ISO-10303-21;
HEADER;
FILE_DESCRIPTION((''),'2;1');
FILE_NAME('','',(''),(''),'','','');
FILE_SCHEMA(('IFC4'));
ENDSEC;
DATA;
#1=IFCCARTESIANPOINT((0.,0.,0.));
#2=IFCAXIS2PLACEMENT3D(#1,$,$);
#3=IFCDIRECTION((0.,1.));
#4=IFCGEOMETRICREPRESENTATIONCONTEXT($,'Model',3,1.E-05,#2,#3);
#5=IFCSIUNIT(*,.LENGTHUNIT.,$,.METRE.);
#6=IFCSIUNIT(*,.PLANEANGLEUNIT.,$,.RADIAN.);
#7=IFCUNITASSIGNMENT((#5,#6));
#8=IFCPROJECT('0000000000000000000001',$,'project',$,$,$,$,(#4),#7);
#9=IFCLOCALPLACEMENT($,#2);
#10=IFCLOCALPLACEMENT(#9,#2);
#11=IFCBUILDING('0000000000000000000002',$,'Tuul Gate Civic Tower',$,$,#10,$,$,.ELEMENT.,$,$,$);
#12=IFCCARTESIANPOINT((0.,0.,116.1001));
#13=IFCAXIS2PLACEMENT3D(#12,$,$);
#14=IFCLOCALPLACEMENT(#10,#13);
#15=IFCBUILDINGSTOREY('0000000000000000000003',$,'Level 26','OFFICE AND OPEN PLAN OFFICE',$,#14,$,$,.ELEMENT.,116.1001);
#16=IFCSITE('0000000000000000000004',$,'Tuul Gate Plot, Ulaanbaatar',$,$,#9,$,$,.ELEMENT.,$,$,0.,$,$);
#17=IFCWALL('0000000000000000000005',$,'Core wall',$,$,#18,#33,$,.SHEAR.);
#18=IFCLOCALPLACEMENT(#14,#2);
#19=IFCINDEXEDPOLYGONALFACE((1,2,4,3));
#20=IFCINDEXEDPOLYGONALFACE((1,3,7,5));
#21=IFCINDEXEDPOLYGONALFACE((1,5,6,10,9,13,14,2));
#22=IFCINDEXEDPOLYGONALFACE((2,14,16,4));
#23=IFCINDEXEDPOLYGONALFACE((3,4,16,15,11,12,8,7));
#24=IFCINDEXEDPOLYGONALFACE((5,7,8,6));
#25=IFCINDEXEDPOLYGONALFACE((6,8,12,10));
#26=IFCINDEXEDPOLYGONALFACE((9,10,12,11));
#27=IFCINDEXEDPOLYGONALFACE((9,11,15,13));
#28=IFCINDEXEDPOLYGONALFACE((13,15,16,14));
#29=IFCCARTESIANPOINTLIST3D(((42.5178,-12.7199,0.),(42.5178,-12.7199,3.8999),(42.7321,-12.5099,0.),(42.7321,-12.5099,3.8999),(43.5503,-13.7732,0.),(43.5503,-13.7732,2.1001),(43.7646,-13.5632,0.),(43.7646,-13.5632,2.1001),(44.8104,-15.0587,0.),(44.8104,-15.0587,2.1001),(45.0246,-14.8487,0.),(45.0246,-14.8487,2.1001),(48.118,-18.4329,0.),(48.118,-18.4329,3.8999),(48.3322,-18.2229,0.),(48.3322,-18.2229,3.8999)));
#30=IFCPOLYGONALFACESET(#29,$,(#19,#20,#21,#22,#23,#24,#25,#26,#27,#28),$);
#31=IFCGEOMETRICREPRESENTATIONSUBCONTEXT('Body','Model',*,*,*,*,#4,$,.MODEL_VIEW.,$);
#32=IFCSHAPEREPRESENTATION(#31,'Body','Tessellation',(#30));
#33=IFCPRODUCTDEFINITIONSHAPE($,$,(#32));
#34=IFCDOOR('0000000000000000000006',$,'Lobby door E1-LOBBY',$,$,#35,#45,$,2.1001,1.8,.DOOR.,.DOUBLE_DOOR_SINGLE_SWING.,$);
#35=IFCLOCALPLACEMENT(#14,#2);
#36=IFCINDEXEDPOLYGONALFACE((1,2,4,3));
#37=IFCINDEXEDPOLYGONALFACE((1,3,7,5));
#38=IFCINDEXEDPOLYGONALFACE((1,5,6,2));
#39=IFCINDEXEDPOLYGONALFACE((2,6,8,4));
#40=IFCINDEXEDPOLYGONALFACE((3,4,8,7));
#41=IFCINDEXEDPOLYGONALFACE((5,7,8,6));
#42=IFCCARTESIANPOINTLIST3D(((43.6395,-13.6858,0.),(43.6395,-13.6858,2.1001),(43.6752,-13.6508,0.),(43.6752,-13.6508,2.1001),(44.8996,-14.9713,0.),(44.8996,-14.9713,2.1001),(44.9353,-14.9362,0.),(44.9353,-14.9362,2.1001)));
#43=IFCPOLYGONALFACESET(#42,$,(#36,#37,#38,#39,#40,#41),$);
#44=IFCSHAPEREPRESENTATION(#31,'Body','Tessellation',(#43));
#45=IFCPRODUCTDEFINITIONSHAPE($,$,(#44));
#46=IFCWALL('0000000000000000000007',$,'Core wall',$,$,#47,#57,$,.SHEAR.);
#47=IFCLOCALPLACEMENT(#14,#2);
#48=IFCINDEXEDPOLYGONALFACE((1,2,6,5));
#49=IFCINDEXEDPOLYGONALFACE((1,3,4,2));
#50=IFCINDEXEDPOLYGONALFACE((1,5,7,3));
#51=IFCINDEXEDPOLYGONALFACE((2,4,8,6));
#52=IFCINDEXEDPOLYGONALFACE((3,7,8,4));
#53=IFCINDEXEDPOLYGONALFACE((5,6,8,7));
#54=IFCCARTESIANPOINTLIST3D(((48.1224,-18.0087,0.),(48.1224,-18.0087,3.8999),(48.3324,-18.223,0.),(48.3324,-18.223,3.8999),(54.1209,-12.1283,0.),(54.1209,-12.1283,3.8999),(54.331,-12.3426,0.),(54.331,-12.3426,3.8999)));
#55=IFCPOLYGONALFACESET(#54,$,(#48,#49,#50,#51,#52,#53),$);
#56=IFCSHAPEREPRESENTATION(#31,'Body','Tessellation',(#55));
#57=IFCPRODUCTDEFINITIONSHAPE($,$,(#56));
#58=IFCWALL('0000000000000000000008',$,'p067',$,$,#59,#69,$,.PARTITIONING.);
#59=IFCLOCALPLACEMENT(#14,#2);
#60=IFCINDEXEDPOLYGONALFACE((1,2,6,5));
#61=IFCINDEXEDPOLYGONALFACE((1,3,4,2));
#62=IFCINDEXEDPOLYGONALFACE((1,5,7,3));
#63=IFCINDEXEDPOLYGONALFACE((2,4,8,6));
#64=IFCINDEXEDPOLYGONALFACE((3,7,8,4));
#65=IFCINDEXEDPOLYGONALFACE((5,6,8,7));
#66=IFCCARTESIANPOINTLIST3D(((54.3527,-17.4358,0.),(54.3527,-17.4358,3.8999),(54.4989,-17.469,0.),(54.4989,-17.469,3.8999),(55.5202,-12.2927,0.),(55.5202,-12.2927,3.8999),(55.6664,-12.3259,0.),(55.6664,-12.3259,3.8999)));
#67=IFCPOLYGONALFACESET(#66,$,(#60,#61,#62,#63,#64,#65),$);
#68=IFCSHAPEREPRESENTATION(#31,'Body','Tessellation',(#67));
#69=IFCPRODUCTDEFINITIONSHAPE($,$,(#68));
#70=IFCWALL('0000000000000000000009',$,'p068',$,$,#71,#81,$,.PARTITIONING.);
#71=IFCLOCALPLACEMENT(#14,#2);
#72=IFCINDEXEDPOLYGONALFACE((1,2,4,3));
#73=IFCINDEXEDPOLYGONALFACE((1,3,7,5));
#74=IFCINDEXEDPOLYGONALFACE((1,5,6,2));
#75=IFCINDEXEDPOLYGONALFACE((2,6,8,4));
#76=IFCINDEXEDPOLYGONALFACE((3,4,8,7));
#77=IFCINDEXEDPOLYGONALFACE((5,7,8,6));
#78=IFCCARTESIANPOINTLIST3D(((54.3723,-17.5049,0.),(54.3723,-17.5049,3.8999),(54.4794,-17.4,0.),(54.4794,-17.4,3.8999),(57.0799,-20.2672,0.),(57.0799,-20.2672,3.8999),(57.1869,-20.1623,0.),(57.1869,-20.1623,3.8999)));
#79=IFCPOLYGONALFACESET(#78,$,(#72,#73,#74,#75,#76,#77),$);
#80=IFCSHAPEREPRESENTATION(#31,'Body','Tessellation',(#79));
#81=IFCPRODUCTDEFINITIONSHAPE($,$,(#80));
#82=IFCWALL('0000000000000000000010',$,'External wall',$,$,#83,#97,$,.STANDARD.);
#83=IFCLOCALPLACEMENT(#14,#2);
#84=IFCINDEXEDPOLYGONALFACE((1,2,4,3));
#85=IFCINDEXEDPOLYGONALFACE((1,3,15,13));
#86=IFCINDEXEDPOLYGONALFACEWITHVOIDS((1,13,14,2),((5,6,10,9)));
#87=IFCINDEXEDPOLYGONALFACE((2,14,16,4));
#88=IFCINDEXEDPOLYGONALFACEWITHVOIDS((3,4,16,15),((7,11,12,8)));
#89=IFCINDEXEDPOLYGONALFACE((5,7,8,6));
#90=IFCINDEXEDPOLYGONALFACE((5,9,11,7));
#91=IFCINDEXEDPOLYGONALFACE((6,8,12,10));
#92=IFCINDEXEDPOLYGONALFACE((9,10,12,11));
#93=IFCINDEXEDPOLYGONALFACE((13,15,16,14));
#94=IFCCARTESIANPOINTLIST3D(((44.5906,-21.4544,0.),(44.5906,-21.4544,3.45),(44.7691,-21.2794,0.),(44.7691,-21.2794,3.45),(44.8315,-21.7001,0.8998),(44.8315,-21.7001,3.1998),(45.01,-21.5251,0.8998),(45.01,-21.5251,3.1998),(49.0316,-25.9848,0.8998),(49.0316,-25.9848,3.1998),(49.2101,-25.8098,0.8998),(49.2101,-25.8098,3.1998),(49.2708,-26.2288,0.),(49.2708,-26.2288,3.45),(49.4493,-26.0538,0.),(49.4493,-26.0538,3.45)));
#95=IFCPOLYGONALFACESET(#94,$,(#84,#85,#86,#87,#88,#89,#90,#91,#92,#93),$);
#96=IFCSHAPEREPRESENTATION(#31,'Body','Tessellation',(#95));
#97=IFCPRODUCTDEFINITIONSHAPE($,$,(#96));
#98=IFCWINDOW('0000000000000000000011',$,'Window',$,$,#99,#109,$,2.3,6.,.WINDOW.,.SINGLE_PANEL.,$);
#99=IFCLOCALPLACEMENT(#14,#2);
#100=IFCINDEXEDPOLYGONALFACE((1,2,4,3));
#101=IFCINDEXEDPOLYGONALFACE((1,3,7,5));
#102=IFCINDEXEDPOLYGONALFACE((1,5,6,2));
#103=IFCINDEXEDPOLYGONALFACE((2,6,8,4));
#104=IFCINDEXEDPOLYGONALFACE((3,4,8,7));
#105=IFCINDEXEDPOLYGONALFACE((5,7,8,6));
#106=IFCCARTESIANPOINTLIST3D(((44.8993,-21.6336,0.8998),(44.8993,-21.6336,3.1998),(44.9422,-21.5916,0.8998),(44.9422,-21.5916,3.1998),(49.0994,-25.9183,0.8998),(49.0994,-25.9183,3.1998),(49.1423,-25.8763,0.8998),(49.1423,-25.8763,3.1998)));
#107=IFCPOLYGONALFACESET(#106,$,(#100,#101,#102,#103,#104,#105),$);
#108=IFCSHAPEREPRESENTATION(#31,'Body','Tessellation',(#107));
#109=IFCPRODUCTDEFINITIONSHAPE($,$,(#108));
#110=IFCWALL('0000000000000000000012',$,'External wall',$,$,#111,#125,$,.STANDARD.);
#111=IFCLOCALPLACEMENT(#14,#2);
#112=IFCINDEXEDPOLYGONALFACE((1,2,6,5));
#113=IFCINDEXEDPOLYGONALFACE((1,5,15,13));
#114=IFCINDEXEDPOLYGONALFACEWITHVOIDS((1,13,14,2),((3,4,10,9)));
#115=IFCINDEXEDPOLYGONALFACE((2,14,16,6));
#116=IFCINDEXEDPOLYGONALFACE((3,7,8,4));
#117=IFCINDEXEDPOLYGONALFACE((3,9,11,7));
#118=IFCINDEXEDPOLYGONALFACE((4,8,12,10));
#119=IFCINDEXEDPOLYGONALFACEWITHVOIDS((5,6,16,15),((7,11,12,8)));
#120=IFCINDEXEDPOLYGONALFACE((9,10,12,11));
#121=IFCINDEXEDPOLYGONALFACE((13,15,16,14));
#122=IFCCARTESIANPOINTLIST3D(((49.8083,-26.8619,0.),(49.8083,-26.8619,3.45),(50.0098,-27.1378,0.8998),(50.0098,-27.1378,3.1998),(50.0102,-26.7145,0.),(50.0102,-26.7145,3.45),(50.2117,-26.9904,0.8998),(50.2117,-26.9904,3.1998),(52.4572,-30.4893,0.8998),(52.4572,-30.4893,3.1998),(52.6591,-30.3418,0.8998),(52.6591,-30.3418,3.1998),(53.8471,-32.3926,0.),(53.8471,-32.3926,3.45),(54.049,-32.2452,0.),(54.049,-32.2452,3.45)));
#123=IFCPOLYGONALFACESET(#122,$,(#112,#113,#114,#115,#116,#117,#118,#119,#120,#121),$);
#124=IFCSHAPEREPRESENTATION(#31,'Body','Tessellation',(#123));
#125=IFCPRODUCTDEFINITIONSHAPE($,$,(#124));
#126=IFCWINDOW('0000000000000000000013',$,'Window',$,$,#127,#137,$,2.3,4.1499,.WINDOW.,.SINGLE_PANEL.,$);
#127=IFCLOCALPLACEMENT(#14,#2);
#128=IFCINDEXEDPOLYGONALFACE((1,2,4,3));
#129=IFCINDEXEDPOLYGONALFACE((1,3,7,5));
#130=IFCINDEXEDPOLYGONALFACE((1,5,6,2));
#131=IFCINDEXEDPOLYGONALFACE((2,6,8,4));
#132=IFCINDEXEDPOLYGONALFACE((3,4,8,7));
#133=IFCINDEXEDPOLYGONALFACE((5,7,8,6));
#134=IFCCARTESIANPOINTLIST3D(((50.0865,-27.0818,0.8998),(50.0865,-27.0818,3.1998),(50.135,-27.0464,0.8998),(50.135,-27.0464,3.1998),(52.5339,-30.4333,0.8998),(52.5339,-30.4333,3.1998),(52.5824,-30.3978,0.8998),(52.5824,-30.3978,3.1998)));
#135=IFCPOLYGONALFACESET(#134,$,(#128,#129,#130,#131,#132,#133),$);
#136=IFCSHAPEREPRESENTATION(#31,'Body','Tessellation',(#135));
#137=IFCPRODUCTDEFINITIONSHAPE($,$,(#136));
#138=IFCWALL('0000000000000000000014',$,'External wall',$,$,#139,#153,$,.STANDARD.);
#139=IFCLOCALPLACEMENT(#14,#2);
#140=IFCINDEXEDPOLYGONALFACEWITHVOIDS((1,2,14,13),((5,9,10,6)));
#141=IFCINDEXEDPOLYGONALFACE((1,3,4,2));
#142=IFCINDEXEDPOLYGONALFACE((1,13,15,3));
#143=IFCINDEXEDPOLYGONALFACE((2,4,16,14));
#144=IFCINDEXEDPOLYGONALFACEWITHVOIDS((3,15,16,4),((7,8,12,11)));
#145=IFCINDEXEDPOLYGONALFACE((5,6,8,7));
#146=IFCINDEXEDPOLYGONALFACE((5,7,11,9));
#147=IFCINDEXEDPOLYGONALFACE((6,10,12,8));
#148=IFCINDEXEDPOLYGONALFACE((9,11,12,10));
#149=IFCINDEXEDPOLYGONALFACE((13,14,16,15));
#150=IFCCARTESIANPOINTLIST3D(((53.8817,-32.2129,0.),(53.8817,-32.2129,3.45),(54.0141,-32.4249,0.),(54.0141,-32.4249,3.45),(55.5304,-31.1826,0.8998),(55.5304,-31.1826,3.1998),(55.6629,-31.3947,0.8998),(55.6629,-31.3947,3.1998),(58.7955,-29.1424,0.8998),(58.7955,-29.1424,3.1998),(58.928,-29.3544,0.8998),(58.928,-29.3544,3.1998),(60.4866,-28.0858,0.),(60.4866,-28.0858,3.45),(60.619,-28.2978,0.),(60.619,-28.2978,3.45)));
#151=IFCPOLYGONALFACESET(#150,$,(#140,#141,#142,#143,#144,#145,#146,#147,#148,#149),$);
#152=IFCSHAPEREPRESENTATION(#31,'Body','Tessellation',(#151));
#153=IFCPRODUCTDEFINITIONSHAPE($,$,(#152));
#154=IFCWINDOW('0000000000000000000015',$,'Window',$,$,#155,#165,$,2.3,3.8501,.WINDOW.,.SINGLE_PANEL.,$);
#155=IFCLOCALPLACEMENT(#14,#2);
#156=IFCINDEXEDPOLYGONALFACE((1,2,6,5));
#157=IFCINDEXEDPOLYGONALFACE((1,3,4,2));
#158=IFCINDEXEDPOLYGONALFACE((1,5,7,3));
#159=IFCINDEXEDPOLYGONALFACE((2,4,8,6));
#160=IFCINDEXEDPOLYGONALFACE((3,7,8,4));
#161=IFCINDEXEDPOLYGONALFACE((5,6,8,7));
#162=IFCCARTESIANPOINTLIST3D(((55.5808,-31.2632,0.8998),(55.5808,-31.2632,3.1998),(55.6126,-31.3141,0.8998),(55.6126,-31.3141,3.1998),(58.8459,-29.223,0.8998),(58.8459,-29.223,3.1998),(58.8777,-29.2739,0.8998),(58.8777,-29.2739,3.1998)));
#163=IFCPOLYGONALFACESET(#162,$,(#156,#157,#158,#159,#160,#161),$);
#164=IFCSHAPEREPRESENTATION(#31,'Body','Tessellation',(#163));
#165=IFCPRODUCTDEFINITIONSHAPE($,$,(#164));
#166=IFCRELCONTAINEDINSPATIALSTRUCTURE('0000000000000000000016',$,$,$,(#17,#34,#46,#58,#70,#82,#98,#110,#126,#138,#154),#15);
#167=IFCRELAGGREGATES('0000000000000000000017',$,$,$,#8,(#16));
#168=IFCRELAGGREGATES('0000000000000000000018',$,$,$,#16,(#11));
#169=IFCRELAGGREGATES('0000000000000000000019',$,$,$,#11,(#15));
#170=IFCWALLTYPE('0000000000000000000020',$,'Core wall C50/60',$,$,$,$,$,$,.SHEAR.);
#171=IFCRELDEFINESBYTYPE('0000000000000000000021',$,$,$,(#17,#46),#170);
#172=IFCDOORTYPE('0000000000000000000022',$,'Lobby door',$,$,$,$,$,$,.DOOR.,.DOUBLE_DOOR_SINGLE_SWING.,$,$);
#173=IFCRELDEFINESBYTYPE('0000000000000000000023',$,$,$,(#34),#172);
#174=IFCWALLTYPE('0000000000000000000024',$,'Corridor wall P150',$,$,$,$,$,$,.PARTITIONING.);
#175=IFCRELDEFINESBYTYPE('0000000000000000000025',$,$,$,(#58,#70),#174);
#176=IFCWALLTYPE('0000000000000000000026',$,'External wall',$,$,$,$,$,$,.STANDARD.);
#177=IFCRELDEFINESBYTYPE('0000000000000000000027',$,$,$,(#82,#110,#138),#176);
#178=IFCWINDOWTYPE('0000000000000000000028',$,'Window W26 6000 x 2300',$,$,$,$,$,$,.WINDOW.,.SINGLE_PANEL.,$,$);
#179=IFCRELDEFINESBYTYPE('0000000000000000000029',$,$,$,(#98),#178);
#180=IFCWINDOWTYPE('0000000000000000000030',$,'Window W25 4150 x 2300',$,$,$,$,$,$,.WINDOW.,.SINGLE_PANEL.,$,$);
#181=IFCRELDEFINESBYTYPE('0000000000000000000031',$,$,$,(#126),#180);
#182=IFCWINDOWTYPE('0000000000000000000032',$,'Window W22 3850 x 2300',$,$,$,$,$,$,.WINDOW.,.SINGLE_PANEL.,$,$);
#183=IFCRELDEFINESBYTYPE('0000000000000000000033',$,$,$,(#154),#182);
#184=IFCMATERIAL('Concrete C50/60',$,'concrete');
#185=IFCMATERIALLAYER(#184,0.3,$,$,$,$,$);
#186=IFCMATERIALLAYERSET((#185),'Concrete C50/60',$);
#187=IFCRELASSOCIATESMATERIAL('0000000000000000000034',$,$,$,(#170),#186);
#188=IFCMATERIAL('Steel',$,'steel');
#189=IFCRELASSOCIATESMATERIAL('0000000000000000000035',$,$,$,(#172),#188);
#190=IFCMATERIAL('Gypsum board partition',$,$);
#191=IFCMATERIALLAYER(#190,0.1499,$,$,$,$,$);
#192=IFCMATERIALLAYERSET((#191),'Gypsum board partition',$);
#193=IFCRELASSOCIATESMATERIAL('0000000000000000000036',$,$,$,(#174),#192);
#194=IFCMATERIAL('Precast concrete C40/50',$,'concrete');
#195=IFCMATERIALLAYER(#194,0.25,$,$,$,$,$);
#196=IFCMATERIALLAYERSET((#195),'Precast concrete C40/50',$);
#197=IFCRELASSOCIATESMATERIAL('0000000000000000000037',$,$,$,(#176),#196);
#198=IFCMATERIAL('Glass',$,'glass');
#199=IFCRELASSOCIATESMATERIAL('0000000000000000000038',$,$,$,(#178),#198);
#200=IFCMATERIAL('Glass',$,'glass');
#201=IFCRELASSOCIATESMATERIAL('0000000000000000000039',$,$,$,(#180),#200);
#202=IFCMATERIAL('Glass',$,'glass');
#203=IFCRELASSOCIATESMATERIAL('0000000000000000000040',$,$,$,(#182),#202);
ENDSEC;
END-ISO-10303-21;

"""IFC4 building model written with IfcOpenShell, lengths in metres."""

from ifc_helpers import new_model, si_unit, direction, frame, frame_2d, origin, place, context, subcontext, project, spatial, rectangle, extrude, material, layer, layer_set, type_object, element, fill, save


model = new_model("IFC4")

# Units and contexts
model_context = context("Model", 3, precision=1e-05, world=origin(), true_north=direction((0.0, 1.0)))
body_context = subcontext(model_context, "Body", "Model", "MODEL_VIEW")
ifc_project = project(units=[si_unit("LENGTHUNIT", "METRE"), si_unit("PLANEANGLEUNIT", "RADIAN")], contexts=[model_context])

# Site, building, storey
site_placement = place(None, origin())
site = spatial("IfcSite", under=ifc_project, at=site_placement, Name="Tuul Gate Plot, Ulaanbaatar", CompositionType="ELEMENT", RefElevation=0.0)
building_placement = place(site_placement, origin())
building = spatial("IfcBuilding", under=site, at=building_placement, Name="Tuul Gate Civic Tower", CompositionType="ELEMENT")
storey_placement = place(building_placement, frame((0.0, 0.0, 116.1001)))
storey = spatial("IfcBuildingStorey", under=building, at=storey_placement, Name="Level 26", Description="OFFICE AND OPEN PLAN OFFICE", CompositionType="ELEMENT", Elevation=116.1001)

# Wall, opening, door
ifc_material_1 = material(Name="Concrete C50/60", Category="concrete")
ifc_layer_1 = layer(ifc_material_1, 0.3)
ifc_layer_set_1 = layer_set([ifc_layer_1], Name="Concrete C50/60")
wall_type_1 = type_object("IfcWallType", Name="Core wall C50/60", PredefinedType="SHEAR", material=ifc_layer_set_1)
wall_1_placement = place(storey_placement, frame((48.2251, -18.3279, 0.0), z_axis=(0.0, 0.0, 1.0), x_axis=(-0.700022, 0.714121, 0.0)))
wall_1 = element("IfcWall", 1, at=wall_1_placement, inside=storey, type_object=wall_type_1, Name="Core wall", PredefinedType="SHEAR", context=body_context, shape_type="SweptSolid", body=[
    extrude(rectangle(XDim=8.0, YDim=0.3, at=frame_2d((4.0, 0.0))), origin(), (0.0, 0.0, 1.0), 3.8999),
])
opening_1_placement = place(wall_1_placement, frame((4.7251, 0.0, 0.0)))
opening_1 = element("IfcOpeningElement", 2, at=opening_1_placement, cuts=wall_1, PredefinedType="OPENING", context=body_context, shape_type="SweptSolid", body=[
    extrude(rectangle(XDim=1.8, YDim=2.1001, at=frame_2d((0.8999, 1.05))), frame((0.0, 0.1602, 0.0), z_axis=(0.0, -1.0, 0.0), x_axis=(1.0, 0.0, 0.0)), (0.0, 0.0, 1.0), 0.3201),
])
ifc_material_2 = material(Name="Steel", Category="steel")
door_type = type_object("IfcDoorType", Name="Lobby door", OperationType="DOUBLE_DOOR_SINGLE_SWING", PredefinedType="DOOR", material=ifc_material_2)
door_placement = place(opening_1_placement, frame((1.8, 0.0, 0.0), z_axis=(0.0, 0.0, 1.0), x_axis=(-1.0, 0.0, 0.0)))
door = element("IfcDoor", 3, at=door_placement, inside=storey, type_object=door_type, Name="Lobby door E1-LOBBY", OperationType="DOUBLE_DOOR_SINGLE_SWING", OverallHeight=2.1001, OverallWidth=1.8, PredefinedType="DOOR", context=body_context, shape_type="SweptSolid", body=[
    extrude(rectangle(XDim=1.8, YDim=2.1001, at=frame_2d((0.9001, 1.05))), frame((0.0, 0.0249, 0.0), z_axis=(0.0, -1.0, 0.0), x_axis=(1.0, 0.0, 0.0)), (0.0, 0.0, 1.0), 0.05),
])
fill(opening_1, door)

# Walls
wall_2_placement = place(storey_placement, frame((48.2273, -18.116, 0.0), z_axis=(0.0, 0.0, 1.0), x_axis=(0.714105, 0.700038, 0.0)))
element("IfcWall", 4, at=wall_2_placement, inside=storey, type_object=wall_type_1, Name="Core wall", PredefinedType="SHEAR", context=body_context, shape_type="SweptSolid", body=[
    extrude(rectangle(XDim=8.4001, YDim=0.3, at=frame_2d((4.2002, 0.0))), origin(), (0.0, 0.0, 1.0), 3.8999),
])
ifc_material_3 = material(Name="Gypsum board partition")
ifc_layer_2 = layer(ifc_material_3, 0.1499)
ifc_layer_set_2 = layer_set([ifc_layer_2], Name="Gypsum board partition")
wall_type_2 = type_object("IfcWallType", Name="Corridor wall P150", PredefinedType="PARTITIONING", material=ifc_layer_set_2)
wall_3_placement = place(storey_placement, frame((54.4258, -17.4524, 0.0), z_axis=(0.0, 0.0, 1.0), x_axis=(0.221369, 0.97519, 0.0)))
element("IfcWall", 5, at=wall_3_placement, inside=storey, type_object=wall_type_2, Name="p067", PredefinedType="PARTITIONING", context=body_context, shape_type="SweptSolid", body=[
    extrude(rectangle(XDim=5.2739, YDim=0.1499, at=frame_2d((2.637, 0.0))), origin(), (0.0, 0.0, 1.0), 3.8999),
])
wall_4_placement = place(storey_placement, frame((54.4258, -17.4524, 0.0), z_axis=(0.0, 0.0, 1.0), x_axis=(0.700002, -0.714141, 0.0)))
element("IfcWall", 6, at=wall_4_placement, inside=storey, type_object=wall_type_2, Name="p068", PredefinedType="PARTITIONING", context=body_context, shape_type="SweptSolid", body=[
    extrude(rectangle(XDim=3.8679, YDim=0.1499, at=frame_2d((1.9341, 0.0))), origin(), (0.0, 0.0, 1.0), 3.8999),
])

# Walls, openings, windows
ifc_material_4 = material(Name="Precast concrete C40/50", Category="concrete")
ifc_layer_3 = layer(ifc_material_4, 0.25)
ifc_layer_set_3 = layer_set([ifc_layer_3], Name="Precast concrete C40/50")
wall_type_3 = type_object("IfcWallType", Name="External wall", PredefinedType="STANDARD", material=ifc_layer_set_3)
wall_5_placement = place(storey_placement, frame((44.6799, -21.3669, 0.0), z_axis=(0.0, 0.0, 1.0), x_axis=(0.700024, -0.714119, 0.0)))
wall_5 = element("IfcWall", 7, at=wall_5_placement, inside=storey, type_object=wall_type_3, Name="External wall", PredefinedType="STANDARD", context=body_context, shape_type="SweptSolid", body=[
    extrude(rectangle(XDim=6.6858, YDim=0.25, at=frame_2d((3.3428, 0.0))), origin(), (0.0, 0.0, 1.0), 3.45),
])
opening_2_placement = place(wall_5_placement, frame((0.344, 0.0, 0.8999)))
opening_2 = element("IfcOpeningElement", 8, at=opening_2_placement, cuts=wall_5, PredefinedType="OPENING", context=body_context, shape_type="SweptSolid", body=[
    extrude(rectangle(XDim=6.0, YDim=2.3, at=frame_2d((3.0, 1.1499))), frame((0.0, 0.135, 0.0), z_axis=(0.0, -1.0, 0.0), x_axis=(1.0, 0.0, 0.0)), (0.0, 0.0, 1.0), 0.27),
])
ifc_material_5 = material(Name="Glass", Category="glass")
window_type_1 = type_object("IfcWindowType", Name="Window W26 6000 x 2300", PartitioningType="SINGLE_PANEL", PredefinedType="WINDOW", material=ifc_material_5)
window_1_placement = place(opening_2_placement, origin())
window_1 = element("IfcWindow", 9, at=window_1_placement, inside=storey, type_object=window_type_1, Name="Window", OverallHeight=2.3, OverallWidth=6.0, PartitioningType="SINGLE_PANEL", PredefinedType="WINDOW", context=body_context, shape_type="SweptSolid", body=[
    extrude(rectangle(XDim=6.0, YDim=2.3, at=frame_2d((3.0, 1.1499))), frame((0.0, 0.03, 0.0), z_axis=(0.0, -1.0, 0.0), x_axis=(1.0, 0.0, 0.0)), (0.0, 0.0, 1.0), 0.0601),
])
fill(opening_2, window_1)
wall_6_placement = place(storey_placement, frame((49.9092, -26.7881, 0.0), z_axis=(0.0, 0.0, 1.0), x_axis=(0.589741, -0.807592, 0.0)))
wall_6 = element("IfcWall", 10, at=wall_6_placement, inside=storey, type_object=wall_type_3, Name="External wall", PredefinedType="STANDARD", context=body_context, shape_type="SweptSolid", body=[
    extrude(rectangle(XDim=6.8484, YDim=0.25, at=frame_2d((3.4243, 0.0))), origin(), (0.0, 0.0, 1.0), 3.45),
])
opening_3_placement = place(wall_6_placement, frame((0.3418, 0.0, 0.8999)))
opening_3 = element("IfcOpeningElement", 11, at=opening_3_placement, cuts=wall_6, PredefinedType="OPENING", context=body_context, shape_type="SweptSolid", body=[
    extrude(rectangle(XDim=4.1499, YDim=2.3, at=frame_2d((2.075, 1.1499))), frame((0.0, 0.135, 0.0), z_axis=(0.0, -1.0, 0.0), x_axis=(1.0, 0.0, 0.0)), (0.0, 0.0, 1.0), 0.27),
])
ifc_material_6 = material(Name="Glass", Category="glass")
window_type_2 = type_object("IfcWindowType", Name="Window W25 4150 x 2300", PartitioningType="SINGLE_PANEL", PredefinedType="WINDOW", material=ifc_material_6)
window_2_placement = place(opening_3_placement, origin())
window_2 = element("IfcWindow", 12, at=window_2_placement, inside=storey, type_object=window_type_2, Name="Window", OverallHeight=2.3, OverallWidth=4.1499, PartitioningType="SINGLE_PANEL", PredefinedType="WINDOW", context=body_context, shape_type="SweptSolid", body=[
    extrude(rectangle(XDim=4.1499, YDim=2.3, at=frame_2d((2.075, 1.1499))), frame((0.0, 0.03, 0.0), z_axis=(0.0, -1.0, 0.0), x_axis=(1.0, 0.0, 0.0)), (0.0, 0.0, 1.0), 0.0601),
])
fill(opening_3, window_2)
wall_7_placement = place(storey_placement, frame((53.948, -32.3188, 0.0), z_axis=(0.0, 0.0, 1.0), x_axis=(0.848051, 0.529914, 0.0)))
wall_7 = element("IfcWall", 13, at=wall_7_placement, inside=storey, type_object=wall_type_3, Name="External wall", PredefinedType="STANDARD", context=body_context, shape_type="SweptSolid", body=[
    extrude(rectangle(XDim=7.7883, YDim=0.25, at=frame_2d((3.894, 0.0))), origin(), (0.0, 0.0, 1.0), 3.45),
])
opening_4_placement = place(wall_7_placement, frame((1.9441, 0.0, 0.8999)))
opening_4 = element("IfcOpeningElement", 14, at=opening_4_placement, cuts=wall_7, PredefinedType="OPENING", context=body_context, shape_type="SweptSolid", body=[
    extrude(rectangle(XDim=3.8501, YDim=2.3, at=frame_2d((1.925, 1.1499))), frame((0.0, 0.135, 0.0), z_axis=(0.0, -1.0, 0.0), x_axis=(1.0, 0.0, 0.0)), (0.0, 0.0, 1.0), 0.27),
])
ifc_material_7 = material(Name="Glass", Category="glass")
window_type_3 = type_object("IfcWindowType", Name="Window W22 3850 x 2300", PartitioningType="SINGLE_PANEL", PredefinedType="WINDOW", material=ifc_material_7)
window_3_placement = place(opening_4_placement, origin())
window_3 = element("IfcWindow", 15, at=window_3_placement, inside=storey, type_object=window_type_3, Name="Window", OverallHeight=2.3, OverallWidth=3.8501, PartitioningType="SINGLE_PANEL", PredefinedType="WINDOW", context=body_context, shape_type="SweptSolid", body=[
    extrude(rectangle(XDim=3.8501, YDim=2.3, at=frame_2d((1.925, 1.1499))), frame((0.0, 0.03, 0.0), z_axis=(0.0, -1.0, 0.0), x_axis=(1.0, 0.0, 0.0)), (0.0, 0.0, 1.0), 0.0601),
])
fill(opening_4, window_3)

save(model, "model.ifc")
